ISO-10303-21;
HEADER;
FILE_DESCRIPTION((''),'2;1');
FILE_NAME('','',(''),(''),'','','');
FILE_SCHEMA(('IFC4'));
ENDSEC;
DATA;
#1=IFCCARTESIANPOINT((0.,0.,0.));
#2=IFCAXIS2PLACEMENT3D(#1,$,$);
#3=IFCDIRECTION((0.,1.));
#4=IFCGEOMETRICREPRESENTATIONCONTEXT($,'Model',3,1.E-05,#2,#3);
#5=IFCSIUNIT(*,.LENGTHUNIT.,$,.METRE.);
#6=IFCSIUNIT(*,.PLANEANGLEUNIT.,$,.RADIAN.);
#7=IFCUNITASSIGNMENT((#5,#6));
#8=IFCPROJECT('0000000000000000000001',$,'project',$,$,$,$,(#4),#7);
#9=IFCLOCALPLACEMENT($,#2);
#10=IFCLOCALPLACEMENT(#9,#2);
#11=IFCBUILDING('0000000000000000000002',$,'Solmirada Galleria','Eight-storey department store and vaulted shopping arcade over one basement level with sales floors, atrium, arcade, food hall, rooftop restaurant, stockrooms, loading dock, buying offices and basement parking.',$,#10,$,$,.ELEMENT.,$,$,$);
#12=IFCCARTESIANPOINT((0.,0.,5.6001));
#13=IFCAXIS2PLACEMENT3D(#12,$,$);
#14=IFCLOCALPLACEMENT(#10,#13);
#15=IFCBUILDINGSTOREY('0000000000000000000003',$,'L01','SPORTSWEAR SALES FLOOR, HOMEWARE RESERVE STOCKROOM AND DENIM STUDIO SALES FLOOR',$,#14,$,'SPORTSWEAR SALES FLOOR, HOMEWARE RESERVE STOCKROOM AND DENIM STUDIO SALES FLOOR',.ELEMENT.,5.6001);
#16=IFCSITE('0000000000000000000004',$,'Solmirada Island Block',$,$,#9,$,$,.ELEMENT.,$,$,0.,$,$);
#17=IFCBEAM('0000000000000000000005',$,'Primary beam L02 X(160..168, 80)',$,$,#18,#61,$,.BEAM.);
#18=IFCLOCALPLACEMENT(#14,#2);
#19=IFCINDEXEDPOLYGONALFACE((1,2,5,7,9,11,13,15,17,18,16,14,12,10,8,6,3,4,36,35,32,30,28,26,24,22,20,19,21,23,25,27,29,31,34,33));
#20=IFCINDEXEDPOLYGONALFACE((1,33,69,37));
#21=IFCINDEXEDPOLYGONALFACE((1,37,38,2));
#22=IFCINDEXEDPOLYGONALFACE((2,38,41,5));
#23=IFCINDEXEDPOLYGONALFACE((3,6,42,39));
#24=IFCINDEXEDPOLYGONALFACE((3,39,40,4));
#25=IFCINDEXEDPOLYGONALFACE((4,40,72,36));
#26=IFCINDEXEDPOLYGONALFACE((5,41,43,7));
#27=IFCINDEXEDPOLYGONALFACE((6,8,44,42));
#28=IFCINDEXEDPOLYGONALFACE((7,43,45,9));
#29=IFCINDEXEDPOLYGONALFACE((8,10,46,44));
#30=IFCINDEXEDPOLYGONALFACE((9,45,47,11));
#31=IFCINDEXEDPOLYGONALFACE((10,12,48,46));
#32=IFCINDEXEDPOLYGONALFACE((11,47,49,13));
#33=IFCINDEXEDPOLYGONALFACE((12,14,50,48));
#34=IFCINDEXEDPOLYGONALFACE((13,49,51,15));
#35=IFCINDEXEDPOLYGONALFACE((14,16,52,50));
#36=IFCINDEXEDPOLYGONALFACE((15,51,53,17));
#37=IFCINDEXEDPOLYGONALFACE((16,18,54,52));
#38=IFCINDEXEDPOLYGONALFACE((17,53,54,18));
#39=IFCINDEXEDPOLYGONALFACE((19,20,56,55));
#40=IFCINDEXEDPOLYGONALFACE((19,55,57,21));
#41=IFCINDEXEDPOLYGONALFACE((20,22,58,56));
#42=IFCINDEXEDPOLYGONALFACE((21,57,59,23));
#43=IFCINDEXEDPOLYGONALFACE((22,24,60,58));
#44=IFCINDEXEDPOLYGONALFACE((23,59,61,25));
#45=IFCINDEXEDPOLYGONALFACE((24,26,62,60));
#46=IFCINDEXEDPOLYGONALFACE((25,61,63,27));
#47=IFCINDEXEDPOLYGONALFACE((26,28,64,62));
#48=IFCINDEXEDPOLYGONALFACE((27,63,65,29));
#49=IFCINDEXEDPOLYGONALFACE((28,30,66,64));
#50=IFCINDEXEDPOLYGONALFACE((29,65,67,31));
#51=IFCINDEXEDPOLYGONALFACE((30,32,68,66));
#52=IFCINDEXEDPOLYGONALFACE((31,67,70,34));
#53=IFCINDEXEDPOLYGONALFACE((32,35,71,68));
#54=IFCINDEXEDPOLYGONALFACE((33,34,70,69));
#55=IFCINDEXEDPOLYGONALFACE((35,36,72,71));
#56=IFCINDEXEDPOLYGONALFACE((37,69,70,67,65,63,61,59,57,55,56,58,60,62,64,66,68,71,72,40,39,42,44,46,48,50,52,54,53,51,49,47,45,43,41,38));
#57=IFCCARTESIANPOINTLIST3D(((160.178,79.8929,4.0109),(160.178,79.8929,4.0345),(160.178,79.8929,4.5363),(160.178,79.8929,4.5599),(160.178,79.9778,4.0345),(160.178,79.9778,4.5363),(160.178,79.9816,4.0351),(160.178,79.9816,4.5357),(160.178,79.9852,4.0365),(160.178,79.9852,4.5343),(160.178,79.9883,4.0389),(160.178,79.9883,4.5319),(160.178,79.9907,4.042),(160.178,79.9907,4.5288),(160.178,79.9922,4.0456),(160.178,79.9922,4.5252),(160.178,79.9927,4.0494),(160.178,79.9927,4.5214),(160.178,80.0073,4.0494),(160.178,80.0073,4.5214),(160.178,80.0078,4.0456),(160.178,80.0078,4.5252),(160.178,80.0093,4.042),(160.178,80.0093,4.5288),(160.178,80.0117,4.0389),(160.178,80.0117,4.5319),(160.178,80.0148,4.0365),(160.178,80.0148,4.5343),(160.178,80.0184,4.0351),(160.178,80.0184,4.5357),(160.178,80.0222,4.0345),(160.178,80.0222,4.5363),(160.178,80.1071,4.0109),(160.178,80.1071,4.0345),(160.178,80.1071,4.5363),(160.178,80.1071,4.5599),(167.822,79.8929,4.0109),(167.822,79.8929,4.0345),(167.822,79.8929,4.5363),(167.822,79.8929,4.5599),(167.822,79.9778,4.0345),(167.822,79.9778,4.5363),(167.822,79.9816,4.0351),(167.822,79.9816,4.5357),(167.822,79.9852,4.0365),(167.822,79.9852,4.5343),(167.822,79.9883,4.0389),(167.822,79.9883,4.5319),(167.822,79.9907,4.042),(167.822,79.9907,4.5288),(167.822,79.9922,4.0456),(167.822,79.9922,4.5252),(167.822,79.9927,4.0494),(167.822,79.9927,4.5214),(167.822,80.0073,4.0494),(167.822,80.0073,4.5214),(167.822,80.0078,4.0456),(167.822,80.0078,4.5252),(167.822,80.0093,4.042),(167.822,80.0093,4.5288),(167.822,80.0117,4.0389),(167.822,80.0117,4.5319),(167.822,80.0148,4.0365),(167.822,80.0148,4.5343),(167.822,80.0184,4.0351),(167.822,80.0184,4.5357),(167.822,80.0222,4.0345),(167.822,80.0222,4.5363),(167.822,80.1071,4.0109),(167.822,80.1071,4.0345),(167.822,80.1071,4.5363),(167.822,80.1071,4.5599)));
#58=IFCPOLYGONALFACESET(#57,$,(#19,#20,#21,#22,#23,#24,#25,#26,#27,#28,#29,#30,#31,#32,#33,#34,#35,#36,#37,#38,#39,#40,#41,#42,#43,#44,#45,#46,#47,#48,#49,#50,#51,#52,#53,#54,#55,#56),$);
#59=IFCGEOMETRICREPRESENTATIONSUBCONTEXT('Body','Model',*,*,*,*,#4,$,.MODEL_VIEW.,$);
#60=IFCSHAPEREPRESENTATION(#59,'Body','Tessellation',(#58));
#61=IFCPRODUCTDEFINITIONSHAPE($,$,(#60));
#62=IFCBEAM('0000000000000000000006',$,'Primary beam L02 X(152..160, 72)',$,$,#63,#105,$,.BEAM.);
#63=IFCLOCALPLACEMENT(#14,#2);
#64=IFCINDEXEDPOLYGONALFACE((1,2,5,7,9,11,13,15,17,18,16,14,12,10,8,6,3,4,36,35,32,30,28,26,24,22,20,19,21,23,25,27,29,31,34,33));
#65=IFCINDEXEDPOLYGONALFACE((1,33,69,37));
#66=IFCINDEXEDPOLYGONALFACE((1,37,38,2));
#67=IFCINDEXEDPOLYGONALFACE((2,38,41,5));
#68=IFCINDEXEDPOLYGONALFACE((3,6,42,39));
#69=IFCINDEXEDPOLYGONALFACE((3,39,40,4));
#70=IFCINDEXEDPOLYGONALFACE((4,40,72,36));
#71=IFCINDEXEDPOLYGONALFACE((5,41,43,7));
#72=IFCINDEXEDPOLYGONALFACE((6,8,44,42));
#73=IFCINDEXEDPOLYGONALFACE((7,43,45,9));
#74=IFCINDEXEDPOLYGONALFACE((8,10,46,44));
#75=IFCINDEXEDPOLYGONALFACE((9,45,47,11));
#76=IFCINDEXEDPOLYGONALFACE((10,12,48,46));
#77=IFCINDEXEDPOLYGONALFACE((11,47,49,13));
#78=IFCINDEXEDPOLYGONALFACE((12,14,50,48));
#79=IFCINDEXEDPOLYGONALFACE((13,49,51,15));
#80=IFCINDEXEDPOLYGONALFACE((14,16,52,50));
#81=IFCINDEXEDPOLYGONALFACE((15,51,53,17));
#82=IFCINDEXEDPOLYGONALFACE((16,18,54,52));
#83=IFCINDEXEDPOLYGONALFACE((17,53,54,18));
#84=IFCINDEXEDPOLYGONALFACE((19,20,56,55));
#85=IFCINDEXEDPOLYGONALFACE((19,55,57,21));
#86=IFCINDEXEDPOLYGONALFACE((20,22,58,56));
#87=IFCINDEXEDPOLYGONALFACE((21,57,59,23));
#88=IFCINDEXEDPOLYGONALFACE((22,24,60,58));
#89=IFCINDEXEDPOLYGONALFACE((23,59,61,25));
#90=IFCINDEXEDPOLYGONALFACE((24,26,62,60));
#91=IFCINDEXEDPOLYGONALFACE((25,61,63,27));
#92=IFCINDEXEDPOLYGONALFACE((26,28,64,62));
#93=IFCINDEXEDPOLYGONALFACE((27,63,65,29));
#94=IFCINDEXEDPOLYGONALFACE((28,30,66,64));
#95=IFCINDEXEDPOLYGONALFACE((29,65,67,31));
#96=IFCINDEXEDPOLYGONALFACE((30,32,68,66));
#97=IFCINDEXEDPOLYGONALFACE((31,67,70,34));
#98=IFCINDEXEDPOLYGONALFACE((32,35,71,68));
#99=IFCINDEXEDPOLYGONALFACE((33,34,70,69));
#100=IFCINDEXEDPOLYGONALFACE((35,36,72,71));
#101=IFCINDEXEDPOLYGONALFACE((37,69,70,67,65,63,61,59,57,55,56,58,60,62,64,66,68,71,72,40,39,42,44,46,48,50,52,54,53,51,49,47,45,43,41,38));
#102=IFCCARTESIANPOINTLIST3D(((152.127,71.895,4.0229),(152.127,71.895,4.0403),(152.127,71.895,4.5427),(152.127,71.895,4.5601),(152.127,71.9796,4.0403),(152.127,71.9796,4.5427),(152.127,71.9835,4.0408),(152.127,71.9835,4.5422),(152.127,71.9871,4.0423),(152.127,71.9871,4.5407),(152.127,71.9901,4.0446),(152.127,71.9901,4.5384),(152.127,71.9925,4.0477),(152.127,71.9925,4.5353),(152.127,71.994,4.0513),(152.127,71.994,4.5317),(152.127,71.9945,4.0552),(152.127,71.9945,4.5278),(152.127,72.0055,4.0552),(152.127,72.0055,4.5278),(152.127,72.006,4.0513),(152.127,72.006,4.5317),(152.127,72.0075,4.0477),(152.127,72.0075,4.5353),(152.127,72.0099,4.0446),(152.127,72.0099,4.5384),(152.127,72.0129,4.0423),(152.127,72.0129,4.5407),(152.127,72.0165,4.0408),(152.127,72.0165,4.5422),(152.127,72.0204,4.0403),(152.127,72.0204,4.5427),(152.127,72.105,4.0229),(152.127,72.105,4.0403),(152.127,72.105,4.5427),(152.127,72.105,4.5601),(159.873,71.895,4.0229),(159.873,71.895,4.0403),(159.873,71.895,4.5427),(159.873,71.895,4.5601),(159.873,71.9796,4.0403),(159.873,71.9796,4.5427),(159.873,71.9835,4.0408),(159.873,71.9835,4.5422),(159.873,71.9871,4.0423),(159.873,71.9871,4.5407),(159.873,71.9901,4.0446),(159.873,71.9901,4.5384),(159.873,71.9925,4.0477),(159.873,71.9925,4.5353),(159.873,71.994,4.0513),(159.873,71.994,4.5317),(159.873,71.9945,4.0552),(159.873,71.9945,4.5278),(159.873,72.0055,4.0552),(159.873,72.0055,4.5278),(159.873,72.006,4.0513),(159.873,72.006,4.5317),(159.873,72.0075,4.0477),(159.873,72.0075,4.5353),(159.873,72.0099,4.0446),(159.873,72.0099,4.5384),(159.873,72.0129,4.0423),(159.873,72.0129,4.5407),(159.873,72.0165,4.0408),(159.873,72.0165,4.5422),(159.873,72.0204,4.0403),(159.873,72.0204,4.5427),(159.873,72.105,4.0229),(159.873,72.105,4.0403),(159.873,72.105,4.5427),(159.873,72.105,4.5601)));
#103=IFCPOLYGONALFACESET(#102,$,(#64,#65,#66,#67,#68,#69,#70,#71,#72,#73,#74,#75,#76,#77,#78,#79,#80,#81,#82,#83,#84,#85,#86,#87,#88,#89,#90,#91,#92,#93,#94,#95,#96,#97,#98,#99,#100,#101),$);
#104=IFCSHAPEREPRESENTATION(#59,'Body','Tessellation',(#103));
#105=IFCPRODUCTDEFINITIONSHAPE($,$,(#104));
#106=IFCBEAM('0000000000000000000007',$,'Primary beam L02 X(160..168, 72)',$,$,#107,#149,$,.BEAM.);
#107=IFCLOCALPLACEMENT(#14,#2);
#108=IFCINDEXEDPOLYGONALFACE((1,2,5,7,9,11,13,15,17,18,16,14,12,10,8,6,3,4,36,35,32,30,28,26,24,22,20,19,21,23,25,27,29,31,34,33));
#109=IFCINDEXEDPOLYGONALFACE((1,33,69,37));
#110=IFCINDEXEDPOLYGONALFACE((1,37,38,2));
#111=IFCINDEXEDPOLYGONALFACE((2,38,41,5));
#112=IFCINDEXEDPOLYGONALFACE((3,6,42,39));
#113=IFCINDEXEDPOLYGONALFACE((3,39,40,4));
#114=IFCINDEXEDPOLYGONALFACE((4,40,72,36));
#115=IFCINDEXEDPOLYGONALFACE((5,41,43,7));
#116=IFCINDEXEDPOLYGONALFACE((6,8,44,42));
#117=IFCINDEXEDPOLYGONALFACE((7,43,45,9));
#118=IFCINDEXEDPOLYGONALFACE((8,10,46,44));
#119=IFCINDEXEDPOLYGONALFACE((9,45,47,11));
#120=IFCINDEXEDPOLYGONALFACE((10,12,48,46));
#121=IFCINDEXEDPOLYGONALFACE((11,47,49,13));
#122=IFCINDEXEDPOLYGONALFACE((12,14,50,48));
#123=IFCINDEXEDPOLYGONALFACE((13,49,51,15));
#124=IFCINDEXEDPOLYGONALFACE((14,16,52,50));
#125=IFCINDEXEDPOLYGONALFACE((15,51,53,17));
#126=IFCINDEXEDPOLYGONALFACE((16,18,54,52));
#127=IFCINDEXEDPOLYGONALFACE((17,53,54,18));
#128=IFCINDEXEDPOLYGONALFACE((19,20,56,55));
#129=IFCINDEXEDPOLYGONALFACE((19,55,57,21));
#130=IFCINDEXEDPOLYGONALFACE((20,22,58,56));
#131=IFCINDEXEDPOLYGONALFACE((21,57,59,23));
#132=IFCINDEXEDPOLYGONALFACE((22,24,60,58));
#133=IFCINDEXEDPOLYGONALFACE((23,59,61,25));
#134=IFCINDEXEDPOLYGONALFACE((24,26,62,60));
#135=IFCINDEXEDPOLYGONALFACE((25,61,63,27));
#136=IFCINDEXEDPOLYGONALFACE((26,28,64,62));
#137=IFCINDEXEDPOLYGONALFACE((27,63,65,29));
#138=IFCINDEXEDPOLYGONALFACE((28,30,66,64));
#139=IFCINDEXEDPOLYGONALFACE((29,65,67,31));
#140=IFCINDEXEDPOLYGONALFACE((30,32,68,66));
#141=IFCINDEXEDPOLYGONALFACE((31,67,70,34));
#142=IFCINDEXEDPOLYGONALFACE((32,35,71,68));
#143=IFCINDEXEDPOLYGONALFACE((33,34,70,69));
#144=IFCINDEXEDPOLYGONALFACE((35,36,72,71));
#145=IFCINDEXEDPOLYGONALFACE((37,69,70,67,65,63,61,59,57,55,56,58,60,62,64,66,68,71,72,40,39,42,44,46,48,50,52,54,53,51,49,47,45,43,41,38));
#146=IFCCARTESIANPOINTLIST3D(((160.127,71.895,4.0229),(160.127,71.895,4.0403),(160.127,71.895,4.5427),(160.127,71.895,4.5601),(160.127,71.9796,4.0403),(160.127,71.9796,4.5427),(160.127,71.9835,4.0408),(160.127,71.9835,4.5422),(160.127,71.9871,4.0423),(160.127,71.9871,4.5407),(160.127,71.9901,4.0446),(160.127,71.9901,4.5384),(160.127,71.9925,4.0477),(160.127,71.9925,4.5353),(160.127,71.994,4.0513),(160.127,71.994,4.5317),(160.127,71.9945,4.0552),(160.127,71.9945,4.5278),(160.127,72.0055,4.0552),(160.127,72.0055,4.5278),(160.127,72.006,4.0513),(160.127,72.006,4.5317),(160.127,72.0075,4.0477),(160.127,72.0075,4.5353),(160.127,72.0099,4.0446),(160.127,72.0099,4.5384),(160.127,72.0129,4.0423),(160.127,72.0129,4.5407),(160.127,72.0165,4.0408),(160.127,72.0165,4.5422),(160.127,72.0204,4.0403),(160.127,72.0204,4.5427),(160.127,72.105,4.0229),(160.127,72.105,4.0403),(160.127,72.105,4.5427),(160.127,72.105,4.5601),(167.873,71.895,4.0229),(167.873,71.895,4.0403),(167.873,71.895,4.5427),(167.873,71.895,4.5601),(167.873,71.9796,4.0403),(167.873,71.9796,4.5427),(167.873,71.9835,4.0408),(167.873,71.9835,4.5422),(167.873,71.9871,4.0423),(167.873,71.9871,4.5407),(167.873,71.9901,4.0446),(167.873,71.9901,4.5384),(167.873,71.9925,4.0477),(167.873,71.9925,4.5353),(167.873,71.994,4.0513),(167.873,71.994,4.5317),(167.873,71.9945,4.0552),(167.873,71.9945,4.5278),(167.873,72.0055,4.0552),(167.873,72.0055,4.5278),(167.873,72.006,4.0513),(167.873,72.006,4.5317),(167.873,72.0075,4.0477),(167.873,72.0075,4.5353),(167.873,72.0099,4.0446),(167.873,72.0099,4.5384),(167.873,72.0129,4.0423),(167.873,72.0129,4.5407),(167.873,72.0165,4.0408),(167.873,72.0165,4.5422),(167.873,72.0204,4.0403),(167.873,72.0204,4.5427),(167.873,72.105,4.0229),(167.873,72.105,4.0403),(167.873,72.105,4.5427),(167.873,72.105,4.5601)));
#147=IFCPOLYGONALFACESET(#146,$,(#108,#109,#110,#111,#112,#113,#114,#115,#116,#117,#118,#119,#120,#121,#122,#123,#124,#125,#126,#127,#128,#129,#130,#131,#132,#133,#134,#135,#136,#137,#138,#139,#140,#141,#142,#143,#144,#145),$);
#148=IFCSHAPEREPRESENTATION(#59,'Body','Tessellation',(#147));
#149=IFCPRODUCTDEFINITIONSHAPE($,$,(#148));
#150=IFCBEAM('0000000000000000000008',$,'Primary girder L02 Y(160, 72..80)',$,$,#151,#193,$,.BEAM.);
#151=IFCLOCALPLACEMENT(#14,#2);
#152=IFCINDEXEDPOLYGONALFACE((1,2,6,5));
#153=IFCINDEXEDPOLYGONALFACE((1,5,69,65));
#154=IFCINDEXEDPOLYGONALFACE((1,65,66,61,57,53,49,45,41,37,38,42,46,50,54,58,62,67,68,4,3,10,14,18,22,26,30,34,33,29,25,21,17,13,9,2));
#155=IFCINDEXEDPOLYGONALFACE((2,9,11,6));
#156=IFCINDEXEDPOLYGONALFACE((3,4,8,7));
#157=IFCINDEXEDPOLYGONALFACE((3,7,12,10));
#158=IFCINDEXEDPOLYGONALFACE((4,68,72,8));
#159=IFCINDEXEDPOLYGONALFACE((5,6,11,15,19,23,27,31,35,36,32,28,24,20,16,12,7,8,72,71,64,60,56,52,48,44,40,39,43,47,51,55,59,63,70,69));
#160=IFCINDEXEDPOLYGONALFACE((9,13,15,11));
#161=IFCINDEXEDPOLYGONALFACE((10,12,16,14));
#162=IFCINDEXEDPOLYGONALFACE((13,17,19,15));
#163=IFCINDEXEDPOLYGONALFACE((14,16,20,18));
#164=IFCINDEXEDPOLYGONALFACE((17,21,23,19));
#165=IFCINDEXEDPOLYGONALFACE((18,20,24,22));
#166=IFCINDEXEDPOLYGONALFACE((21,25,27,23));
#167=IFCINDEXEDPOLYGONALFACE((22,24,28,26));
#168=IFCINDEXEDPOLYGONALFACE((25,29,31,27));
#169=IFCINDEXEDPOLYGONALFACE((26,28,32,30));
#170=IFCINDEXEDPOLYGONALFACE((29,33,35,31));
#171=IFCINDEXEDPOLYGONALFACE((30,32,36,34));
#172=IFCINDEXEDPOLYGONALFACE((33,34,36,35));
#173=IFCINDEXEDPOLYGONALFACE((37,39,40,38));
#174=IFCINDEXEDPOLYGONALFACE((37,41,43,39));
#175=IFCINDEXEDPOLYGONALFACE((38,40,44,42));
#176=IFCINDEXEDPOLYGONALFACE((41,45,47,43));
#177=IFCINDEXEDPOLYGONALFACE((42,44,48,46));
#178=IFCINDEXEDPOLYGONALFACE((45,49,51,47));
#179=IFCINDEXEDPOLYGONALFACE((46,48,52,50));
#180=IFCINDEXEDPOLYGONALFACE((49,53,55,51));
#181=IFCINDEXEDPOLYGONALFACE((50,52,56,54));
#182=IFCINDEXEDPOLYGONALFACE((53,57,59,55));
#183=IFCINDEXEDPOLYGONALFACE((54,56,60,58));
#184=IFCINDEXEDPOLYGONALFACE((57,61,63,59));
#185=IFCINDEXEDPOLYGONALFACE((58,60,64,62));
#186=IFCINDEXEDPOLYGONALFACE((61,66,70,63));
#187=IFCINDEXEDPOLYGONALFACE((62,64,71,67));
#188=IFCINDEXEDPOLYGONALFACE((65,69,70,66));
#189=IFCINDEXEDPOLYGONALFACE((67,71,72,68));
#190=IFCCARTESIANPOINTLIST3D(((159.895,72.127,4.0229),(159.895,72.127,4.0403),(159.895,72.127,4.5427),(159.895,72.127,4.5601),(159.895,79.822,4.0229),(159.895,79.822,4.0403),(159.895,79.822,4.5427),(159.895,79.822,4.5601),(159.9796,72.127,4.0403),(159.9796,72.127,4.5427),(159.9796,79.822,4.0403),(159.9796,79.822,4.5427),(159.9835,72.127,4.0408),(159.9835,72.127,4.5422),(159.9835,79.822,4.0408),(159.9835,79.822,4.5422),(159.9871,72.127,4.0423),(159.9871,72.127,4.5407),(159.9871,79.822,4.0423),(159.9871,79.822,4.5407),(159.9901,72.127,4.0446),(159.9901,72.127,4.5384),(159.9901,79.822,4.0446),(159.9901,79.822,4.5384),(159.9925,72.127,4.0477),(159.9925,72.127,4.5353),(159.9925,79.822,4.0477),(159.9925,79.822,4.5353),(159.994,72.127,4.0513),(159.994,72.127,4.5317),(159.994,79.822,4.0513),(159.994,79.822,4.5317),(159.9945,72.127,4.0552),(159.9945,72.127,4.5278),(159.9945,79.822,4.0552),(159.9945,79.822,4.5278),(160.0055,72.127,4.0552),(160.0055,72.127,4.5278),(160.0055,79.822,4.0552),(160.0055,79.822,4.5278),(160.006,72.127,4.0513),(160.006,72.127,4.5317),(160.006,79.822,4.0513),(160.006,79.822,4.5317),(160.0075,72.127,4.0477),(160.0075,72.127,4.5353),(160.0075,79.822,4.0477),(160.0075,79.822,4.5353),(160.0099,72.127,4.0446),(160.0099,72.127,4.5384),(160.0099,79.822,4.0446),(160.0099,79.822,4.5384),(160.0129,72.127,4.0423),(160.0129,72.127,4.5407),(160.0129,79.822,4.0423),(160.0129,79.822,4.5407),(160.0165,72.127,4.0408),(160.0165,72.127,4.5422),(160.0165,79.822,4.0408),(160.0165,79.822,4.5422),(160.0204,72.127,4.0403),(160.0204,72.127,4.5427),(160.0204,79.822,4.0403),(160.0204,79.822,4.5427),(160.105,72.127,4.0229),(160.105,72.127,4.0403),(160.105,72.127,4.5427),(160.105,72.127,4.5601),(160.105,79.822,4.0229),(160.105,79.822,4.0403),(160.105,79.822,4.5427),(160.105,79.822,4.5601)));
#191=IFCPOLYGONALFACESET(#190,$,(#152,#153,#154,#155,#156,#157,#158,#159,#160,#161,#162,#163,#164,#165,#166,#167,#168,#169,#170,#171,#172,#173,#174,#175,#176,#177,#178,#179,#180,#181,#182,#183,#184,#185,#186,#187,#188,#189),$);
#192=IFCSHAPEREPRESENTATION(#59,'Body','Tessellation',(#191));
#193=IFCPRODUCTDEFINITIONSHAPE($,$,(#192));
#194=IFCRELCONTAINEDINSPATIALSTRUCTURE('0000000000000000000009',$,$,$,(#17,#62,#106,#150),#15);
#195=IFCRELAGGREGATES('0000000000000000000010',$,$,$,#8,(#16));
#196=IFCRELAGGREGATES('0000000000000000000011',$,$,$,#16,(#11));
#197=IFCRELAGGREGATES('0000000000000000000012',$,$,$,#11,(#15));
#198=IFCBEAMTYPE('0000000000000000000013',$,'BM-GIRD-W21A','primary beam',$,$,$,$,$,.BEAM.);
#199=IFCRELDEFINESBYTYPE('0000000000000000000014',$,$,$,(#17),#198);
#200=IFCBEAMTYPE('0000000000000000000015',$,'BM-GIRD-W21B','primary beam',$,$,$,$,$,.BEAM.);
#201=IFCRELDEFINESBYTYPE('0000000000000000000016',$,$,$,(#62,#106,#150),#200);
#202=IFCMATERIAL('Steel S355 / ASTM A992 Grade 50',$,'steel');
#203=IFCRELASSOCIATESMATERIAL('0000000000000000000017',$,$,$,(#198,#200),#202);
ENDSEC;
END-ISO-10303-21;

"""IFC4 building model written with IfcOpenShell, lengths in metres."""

from ifc_helpers import new_model, si_unit, direction, frame, origin, origin_2d, place, context, subcontext, project, spatial, i_section, extrude, material, material_profile, profile_set, type_object, element, save


model = new_model("IFC4")

# Units and contexts
model_context = context("Model", 3, precision=1e-05, world=origin(), true_north=direction((0.0, 1.0)))
body_context = subcontext(model_context, "Body", "Model", "MODEL_VIEW")
ifc_project = project(units=[si_unit("LENGTHUNIT", "METRE"), si_unit("PLANEANGLEUNIT", "RADIAN")], contexts=[model_context])

# Site, building, storey
site_placement = place(None, origin())
site = spatial("IfcSite", under=ifc_project, at=site_placement, Name="Solmirada Island Block", CompositionType="ELEMENT", RefElevation=0.0)
building_placement = place(site_placement, origin())
building = spatial("IfcBuilding", under=site, at=building_placement, Name="Solmirada Galleria", Description="Eight-storey department store and vaulted shopping arcade over one basement level with sales floors, atrium, arcade, food hall, rooftop restaurant, stockrooms, loading dock, buying offices and basement parking.", CompositionType="ELEMENT")
storey_placement = place(building_placement, frame((0.0, 0.0, 5.6001)))
storey = spatial("IfcBuildingStorey", under=building, at=storey_placement, Name="L01", Description="SPORTSWEAR SALES FLOOR, HOMEWARE RESERVE STOCKROOM AND DENIM STUDIO SALES FLOOR", LongName="SPORTSWEAR SALES FLOOR, HOMEWARE RESERVE STOCKROOM AND DENIM STUDIO SALES FLOOR", CompositionType="ELEMENT", Elevation=5.6001)

# Beams
ifc_material_1 = material(Name="Steel S355 / ASTM A992 Grade 50", Category="steel")
ifc_material_profile_1 = material_profile(ifc_material_1, i_section(OverallWidth=0.2141, OverallDepth=0.5491, WebThickness=0.0146, FlangeThickness=0.0237, FilletRadius=0.0149, at=origin_2d()), Name="W21X93")
ifc_profile_set_1 = profile_set([ifc_material_profile_1], Name="Steel S355 / ASTM A992 Grade 50")
beam_type_1 = type_object("IfcBeamType", Name="BM-GIRD-W21A", Description="primary beam", PredefinedType="BEAM", material=ifc_profile_set_1)
for number, where, z_axis, x_axis, name in (
    (1, (160.178, 80.0, 4.2854), (1.0, 0.0, 0.0), (0.0, 1.0, 0.0), "Primary beam L02 X(160..168, 80)"),
):
    element("IfcBeam", number, at=place(storey_placement, frame(where, z_axis=z_axis, x_axis=x_axis)), inside=storey, type_object=beam_type_1, Name=name, PredefinedType="BEAM", context=body_context, shape_type="SweptSolid", body=[
        extrude(i_section(OverallWidth=0.2141, OverallDepth=0.5491, WebThickness=0.0146, FlangeThickness=0.0237, FilletRadius=0.0149, at=origin_2d()), origin(), (0.0, 0.0, 1.0), 7.644),
    ])
ifc_material_profile_2 = material_profile(ifc_material_1, i_section(OverallWidth=0.21, OverallDepth=0.5371, WebThickness=0.011, FlangeThickness=0.0173, FilletRadius=0.0149, at=origin_2d()), Name="W21X68")
ifc_profile_set_2 = profile_set([ifc_material_profile_2], Name="Steel S355 / ASTM A992 Grade 50")
beam_type_2 = type_object("IfcBeamType", Name="BM-GIRD-W21B", Description="primary beam", PredefinedType="BEAM", material=ifc_profile_set_2)
for number, where, z_axis, x_axis, name in (
    (2, (152.127, 72.0, 4.2915), (1.0, 0.0, 0.0), (0.0, 1.0, 0.0), "Primary beam L02 X(152..160, 72)"),
    (3, (160.127, 72.0, 4.2915), (1.0, 0.0, 0.0), (0.0, 1.0, 0.0), "Primary beam L02 X(160..168, 72)"),
):
    element("IfcBeam", number, at=place(storey_placement, frame(where, z_axis=z_axis, x_axis=x_axis)), inside=storey, type_object=beam_type_2, Name=name, PredefinedType="BEAM", context=body_context, shape_type="SweptSolid", body=[
        extrude(i_section(OverallWidth=0.21, OverallDepth=0.5371, WebThickness=0.011, FlangeThickness=0.0173, FilletRadius=0.0149, at=origin_2d()), origin(), (0.0, 0.0, 1.0), 7.7461),
    ])
beam_1_placement = place(storey_placement, frame((160.0, 72.127, 4.2915), z_axis=(0.0, 1.0, 0.0), x_axis=(-1.0, 0.0, 0.0)))
element("IfcBeam", 4, at=beam_1_placement, inside=storey, type_object=beam_type_2, Name="Primary girder L02 Y(160, 72..80)", PredefinedType="BEAM", context=body_context, shape_type="SweptSolid", body=[
    extrude(i_section(OverallWidth=0.21, OverallDepth=0.5371, WebThickness=0.011, FlangeThickness=0.0173, FilletRadius=0.0149, at=origin_2d()), origin(), (0.0, 0.0, 1.0), 7.6951),
])

save(model, "model.ifc")
